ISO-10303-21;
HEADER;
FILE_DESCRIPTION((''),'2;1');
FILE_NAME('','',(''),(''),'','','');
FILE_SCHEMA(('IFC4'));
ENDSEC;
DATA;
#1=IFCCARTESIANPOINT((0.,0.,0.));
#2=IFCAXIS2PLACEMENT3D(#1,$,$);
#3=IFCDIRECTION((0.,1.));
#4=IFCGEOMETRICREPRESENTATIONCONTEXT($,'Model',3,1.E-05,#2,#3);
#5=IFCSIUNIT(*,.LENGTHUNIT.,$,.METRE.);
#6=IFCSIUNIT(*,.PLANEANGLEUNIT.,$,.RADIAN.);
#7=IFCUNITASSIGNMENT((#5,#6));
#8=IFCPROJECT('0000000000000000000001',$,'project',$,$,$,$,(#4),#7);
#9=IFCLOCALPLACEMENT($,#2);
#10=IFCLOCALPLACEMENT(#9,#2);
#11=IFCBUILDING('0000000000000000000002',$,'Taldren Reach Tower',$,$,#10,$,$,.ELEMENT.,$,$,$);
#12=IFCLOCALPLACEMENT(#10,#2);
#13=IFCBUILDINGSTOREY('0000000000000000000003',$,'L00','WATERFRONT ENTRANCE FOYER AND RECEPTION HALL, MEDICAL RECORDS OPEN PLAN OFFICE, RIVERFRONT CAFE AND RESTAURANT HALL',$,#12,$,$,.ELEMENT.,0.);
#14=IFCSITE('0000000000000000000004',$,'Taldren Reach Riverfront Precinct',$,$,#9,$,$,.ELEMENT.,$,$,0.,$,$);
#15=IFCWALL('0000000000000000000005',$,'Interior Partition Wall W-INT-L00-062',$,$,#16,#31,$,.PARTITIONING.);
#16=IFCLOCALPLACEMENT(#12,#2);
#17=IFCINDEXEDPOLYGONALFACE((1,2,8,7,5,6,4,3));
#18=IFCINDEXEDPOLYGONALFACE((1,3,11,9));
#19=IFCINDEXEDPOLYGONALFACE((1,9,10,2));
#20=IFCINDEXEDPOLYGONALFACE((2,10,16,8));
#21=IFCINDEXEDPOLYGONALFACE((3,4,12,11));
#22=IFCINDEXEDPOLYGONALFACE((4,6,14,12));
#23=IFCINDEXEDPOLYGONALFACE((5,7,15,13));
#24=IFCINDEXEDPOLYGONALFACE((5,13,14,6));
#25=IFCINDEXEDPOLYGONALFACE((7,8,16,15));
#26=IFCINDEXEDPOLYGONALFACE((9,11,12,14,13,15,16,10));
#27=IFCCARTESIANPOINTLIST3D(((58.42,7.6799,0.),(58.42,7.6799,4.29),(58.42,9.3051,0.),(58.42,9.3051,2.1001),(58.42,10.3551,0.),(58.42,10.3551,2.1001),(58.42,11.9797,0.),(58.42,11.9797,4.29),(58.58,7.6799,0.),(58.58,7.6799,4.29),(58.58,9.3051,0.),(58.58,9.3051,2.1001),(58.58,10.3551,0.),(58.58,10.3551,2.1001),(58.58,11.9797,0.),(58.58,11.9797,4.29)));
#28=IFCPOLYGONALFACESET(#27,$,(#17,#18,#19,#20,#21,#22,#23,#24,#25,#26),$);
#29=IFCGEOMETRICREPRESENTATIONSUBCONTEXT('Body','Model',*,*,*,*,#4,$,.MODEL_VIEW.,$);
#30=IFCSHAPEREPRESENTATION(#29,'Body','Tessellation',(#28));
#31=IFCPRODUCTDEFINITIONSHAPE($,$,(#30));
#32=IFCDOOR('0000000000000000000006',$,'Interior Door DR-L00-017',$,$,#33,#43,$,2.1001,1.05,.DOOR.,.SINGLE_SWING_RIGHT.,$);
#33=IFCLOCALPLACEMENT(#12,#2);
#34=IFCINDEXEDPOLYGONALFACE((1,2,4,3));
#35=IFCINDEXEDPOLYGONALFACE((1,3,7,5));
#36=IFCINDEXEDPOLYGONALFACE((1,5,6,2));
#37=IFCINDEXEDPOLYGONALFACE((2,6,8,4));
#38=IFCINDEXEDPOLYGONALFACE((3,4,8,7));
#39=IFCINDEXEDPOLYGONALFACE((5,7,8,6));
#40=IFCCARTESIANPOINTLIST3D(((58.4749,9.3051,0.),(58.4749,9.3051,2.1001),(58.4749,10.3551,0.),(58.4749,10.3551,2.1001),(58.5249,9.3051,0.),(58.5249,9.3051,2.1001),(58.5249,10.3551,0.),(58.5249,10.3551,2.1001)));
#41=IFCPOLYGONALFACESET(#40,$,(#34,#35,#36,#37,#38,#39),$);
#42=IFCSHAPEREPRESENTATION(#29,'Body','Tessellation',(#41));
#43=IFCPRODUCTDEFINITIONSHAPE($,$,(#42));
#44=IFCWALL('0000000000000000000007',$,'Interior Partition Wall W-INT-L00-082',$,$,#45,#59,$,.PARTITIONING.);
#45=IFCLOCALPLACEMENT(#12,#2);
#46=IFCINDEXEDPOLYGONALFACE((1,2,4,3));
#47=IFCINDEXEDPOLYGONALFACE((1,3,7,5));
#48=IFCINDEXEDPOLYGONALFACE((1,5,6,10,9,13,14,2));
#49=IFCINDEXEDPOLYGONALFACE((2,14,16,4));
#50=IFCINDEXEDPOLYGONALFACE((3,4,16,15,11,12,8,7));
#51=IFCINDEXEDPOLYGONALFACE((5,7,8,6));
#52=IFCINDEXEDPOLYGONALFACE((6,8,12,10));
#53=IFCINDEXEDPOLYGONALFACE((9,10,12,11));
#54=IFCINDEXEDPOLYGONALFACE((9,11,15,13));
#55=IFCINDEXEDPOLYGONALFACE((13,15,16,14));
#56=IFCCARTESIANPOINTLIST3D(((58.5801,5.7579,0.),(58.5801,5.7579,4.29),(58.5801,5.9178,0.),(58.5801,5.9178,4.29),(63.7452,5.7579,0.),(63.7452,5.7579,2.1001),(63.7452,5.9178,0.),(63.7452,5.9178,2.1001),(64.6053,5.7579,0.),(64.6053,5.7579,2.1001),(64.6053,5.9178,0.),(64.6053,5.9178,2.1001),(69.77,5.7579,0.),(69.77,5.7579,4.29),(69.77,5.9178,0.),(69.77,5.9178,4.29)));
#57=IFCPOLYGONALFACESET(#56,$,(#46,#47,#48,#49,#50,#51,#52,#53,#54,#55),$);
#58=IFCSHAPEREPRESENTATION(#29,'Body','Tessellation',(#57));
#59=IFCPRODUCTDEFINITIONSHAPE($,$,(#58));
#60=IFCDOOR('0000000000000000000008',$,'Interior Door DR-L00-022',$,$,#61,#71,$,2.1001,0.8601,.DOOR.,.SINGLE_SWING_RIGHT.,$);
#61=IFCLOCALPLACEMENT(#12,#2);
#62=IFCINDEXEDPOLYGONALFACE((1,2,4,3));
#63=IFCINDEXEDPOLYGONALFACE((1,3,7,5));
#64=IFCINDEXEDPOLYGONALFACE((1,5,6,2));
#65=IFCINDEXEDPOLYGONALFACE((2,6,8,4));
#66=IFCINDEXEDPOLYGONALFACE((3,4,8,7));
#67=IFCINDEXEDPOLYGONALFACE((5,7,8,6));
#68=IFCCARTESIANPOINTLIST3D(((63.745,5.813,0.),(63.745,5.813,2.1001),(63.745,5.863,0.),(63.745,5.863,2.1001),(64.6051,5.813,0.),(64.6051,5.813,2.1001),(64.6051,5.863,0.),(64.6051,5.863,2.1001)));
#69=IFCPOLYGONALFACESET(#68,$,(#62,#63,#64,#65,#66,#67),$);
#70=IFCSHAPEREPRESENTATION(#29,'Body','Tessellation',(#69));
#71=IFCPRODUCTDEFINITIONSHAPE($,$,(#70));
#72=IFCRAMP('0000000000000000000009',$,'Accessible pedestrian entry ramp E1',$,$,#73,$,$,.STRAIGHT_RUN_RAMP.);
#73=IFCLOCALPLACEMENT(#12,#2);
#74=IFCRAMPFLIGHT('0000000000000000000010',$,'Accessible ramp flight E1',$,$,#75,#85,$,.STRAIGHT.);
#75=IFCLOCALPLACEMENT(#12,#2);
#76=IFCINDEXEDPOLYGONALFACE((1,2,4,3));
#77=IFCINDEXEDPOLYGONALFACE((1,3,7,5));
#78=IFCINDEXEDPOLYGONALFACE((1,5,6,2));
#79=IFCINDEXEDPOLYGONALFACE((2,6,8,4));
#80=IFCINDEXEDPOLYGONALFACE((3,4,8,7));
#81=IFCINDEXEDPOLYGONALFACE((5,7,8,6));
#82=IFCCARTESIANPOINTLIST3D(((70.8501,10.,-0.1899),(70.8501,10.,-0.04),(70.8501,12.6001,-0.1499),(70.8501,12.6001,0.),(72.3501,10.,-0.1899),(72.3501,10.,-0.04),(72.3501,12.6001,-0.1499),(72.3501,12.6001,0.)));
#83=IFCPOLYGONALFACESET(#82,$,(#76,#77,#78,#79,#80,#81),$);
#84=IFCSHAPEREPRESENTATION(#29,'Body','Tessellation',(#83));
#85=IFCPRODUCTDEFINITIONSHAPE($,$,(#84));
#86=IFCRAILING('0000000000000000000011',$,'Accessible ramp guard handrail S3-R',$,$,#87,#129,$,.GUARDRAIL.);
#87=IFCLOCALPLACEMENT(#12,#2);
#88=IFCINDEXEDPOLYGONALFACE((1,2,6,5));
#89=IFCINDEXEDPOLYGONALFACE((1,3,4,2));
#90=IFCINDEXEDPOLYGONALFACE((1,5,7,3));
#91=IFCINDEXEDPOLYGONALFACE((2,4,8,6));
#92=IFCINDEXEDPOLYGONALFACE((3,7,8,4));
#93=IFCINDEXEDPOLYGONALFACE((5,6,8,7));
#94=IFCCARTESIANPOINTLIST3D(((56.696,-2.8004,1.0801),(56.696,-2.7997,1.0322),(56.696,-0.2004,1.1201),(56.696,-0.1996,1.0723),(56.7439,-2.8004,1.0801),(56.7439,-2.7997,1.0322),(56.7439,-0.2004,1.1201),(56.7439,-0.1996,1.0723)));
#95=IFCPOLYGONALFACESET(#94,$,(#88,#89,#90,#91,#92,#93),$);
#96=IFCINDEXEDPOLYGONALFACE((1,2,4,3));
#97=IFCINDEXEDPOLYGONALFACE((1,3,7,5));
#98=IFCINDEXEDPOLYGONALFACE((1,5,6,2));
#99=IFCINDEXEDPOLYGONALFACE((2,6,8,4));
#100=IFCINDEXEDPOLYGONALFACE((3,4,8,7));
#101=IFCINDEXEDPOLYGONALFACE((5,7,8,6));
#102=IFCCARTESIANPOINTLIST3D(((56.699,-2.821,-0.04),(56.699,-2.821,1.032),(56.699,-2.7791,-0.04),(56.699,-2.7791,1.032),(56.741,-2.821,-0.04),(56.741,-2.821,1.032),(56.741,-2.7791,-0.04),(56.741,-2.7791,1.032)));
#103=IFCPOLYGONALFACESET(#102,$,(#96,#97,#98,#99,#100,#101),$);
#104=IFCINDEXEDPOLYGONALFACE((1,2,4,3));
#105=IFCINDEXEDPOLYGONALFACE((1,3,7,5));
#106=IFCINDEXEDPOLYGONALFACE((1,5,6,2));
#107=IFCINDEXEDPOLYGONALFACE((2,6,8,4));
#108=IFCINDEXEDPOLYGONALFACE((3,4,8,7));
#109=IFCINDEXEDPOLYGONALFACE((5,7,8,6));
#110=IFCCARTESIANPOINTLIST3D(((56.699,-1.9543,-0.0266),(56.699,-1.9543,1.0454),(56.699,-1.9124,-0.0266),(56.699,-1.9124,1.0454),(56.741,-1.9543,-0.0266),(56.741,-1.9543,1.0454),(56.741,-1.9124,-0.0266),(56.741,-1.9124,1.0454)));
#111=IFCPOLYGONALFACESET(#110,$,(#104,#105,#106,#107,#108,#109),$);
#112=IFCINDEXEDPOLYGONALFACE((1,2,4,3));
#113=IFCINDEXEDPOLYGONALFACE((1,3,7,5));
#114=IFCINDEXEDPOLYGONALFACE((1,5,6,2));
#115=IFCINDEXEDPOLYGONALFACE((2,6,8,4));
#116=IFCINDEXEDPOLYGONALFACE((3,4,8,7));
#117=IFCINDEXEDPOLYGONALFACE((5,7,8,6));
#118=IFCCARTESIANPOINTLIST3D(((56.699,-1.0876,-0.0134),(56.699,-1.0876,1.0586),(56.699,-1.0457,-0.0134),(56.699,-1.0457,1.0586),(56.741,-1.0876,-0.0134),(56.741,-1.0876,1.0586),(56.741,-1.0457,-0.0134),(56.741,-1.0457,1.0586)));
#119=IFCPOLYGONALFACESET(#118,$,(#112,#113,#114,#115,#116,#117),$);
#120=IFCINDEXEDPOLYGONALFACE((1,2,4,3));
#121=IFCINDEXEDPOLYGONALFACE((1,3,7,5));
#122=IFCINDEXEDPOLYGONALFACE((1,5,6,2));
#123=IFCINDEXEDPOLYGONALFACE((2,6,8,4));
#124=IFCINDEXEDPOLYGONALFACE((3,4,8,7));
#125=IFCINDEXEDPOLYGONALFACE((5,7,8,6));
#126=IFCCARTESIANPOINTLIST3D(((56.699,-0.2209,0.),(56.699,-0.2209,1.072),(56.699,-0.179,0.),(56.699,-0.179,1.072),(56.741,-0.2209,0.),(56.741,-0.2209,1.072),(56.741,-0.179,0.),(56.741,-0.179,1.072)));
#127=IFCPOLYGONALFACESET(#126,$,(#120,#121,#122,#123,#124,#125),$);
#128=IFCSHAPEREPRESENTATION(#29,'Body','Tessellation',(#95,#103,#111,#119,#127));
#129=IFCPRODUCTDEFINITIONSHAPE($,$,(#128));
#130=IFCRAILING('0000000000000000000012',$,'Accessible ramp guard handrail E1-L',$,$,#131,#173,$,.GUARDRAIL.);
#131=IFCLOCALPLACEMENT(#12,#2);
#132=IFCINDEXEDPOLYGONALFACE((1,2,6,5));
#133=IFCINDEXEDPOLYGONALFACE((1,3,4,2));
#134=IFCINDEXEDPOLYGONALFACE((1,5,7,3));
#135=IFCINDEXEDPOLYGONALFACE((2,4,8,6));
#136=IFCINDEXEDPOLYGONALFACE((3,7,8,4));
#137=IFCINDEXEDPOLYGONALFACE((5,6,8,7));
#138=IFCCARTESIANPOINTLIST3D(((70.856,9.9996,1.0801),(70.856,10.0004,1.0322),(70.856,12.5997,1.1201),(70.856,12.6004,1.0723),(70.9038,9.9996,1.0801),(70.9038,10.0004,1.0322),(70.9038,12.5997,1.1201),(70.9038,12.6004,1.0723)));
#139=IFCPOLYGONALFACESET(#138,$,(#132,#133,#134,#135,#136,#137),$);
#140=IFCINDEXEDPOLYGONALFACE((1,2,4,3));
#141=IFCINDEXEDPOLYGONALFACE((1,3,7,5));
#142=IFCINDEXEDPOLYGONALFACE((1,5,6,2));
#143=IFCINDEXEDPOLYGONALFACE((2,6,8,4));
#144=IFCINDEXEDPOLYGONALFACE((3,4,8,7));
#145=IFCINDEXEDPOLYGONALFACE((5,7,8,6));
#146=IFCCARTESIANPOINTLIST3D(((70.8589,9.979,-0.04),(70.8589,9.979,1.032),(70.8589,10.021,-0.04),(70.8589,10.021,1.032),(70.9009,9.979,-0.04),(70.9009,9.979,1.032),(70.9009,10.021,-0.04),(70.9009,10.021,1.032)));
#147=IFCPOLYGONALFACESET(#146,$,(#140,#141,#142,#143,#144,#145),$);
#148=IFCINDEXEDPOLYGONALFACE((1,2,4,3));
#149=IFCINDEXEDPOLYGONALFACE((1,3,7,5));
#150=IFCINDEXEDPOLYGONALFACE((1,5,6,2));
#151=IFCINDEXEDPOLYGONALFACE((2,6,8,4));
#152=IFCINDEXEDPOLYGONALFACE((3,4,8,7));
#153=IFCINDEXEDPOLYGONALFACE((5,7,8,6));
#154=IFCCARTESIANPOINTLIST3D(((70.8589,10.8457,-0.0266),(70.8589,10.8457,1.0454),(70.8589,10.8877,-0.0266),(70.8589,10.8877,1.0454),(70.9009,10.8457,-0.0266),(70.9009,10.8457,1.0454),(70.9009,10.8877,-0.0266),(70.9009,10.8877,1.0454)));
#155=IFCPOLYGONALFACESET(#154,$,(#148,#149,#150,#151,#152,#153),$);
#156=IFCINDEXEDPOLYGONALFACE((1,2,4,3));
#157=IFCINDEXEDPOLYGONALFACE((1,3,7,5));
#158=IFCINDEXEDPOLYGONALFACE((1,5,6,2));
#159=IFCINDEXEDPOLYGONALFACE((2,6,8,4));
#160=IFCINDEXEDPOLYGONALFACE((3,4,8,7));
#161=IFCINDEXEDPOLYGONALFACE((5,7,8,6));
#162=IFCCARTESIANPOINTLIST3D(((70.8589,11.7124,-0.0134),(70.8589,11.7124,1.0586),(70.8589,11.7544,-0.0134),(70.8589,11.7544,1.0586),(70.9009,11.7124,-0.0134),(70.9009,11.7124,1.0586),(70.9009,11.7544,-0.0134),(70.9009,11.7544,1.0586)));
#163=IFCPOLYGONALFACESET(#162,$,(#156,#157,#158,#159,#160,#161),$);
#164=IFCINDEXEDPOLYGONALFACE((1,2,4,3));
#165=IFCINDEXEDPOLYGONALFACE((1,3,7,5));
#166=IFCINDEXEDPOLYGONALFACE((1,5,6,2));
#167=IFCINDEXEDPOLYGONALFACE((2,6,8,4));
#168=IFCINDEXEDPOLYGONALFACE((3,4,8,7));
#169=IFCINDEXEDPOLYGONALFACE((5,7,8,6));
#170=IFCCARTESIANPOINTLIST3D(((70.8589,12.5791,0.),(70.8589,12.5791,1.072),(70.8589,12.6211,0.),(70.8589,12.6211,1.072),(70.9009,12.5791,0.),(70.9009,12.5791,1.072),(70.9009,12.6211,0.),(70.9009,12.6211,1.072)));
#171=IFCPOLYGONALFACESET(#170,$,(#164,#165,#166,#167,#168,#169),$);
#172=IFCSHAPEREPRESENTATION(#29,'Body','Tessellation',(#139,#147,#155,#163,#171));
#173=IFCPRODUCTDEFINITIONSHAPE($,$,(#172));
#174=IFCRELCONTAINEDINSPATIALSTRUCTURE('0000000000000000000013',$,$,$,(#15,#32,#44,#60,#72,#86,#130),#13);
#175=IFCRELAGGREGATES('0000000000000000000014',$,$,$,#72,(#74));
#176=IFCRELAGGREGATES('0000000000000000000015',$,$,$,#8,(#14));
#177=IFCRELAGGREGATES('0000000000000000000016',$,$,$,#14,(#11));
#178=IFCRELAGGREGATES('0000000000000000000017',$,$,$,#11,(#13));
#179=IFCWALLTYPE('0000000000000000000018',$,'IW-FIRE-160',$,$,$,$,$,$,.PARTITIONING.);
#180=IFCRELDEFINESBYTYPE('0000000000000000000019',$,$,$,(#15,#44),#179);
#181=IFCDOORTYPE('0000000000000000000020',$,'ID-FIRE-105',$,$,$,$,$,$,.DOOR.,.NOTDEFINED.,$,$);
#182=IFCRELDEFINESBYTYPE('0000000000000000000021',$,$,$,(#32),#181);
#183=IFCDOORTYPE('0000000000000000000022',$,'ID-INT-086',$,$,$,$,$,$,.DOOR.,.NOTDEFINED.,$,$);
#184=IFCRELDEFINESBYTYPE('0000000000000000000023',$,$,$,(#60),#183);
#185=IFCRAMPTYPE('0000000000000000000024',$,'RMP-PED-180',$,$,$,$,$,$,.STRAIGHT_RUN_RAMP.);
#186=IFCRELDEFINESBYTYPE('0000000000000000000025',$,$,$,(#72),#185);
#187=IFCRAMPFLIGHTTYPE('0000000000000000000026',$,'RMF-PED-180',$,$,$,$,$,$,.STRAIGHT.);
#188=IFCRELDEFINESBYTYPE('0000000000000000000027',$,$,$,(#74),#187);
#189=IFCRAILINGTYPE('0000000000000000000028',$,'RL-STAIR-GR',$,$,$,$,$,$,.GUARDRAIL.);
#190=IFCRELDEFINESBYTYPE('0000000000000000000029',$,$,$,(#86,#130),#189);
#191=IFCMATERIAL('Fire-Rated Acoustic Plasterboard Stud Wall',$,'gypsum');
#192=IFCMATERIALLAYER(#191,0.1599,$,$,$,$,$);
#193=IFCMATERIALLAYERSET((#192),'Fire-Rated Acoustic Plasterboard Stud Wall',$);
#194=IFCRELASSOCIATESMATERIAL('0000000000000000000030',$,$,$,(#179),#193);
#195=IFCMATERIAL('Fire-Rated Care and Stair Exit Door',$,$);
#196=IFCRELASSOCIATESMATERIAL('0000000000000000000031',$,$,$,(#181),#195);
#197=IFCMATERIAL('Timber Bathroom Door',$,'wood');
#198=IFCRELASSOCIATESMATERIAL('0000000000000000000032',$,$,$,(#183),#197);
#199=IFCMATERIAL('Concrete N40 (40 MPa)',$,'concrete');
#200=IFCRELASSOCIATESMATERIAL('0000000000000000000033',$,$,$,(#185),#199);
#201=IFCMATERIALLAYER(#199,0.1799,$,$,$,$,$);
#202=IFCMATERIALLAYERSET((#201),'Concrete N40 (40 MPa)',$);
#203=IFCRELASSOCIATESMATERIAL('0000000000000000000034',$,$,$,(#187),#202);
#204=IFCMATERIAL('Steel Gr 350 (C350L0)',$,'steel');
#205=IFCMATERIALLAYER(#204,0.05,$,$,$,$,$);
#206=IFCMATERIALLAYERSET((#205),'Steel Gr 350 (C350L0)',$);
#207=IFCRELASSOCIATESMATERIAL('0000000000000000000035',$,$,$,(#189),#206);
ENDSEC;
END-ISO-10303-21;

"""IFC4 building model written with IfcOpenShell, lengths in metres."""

from ifc_helpers import new_model, si_unit, direction, frame, frame_2d, origin, origin_2d, place, context, subcontext, project, spatial, polyline, rectangle, outline, extrude, source, transform, mapped, material, layer, layer_set, type_object, element, fill, aggregate, save


model = new_model("IFC4")

# Units and contexts
model_context = context("Model", 3, precision=1e-05, world=origin(), true_north=direction((0.0, 1.0)))
body_context = subcontext(model_context, "Body", "Model", "MODEL_VIEW")
ifc_project = project(units=[si_unit("LENGTHUNIT", "METRE"), si_unit("PLANEANGLEUNIT", "RADIAN")], contexts=[model_context])

# Site, building, storey
site_placement = place(None, origin())
site = spatial("IfcSite", under=ifc_project, at=site_placement, Name="Taldren Reach Riverfront Precinct", CompositionType="ELEMENT", RefElevation=0.0)
building_placement = place(site_placement, origin())
building = spatial("IfcBuilding", under=site, at=building_placement, Name="Taldren Reach Tower", CompositionType="ELEMENT")
storey_placement = place(building_placement, origin())
storey = spatial("IfcBuildingStorey", under=building, at=storey_placement, Name="L00", Description="WATERFRONT ENTRANCE FOYER AND RECEPTION HALL, MEDICAL RECORDS OPEN PLAN OFFICE, RIVERFRONT CAFE AND RESTAURANT HALL", CompositionType="ELEMENT", Elevation=0.0)

# Walls, openings, doors
ifc_material_1 = material(Name="Fire-Rated Acoustic Plasterboard Stud Wall", Category="gypsum")
ifc_layer_1 = layer(ifc_material_1, 0.1599)
ifc_layer_set_1 = layer_set([ifc_layer_1], Name="Fire-Rated Acoustic Plasterboard Stud Wall")
wall_type_1 = type_object("IfcWallType", Name="IW-FIRE-160", PredefinedType="PARTITIONING", material=ifc_layer_set_1)
shared_shape_1 = source(origin(), body_context, "Body", "SweptSolid", [
    extrude(rectangle(XDim=4.2998, YDim=0.1599, at=frame_2d((2.1499, 0.0))), origin(), (0.0, 0.0, 1.0), 4.29),
])
wall_1_placement = place(storey_placement, frame((58.5, 11.9797, 0.0), z_axis=(0.0, 0.0, 1.0), x_axis=(0.0, -1.0, 0.0)))
wall_1 = element("IfcWall", 1, at=wall_1_placement, inside=storey, type_object=wall_type_1, Name="Interior Partition Wall W-INT-L00-062", PredefinedType="PARTITIONING", context=body_context, shape_type="MappedRepresentation", body=[
    mapped(shared_shape_1, transform((0.0, 0.0, 0.0), scale=1.0)),
])
shared_shape_2 = source(origin(), body_context, "Body", "SweptSolid", [
    extrude(rectangle(XDim=1.05, YDim=2.1001, at=frame_2d((0.5249, 1.05))), frame((0.0, 0.0898, 0.0), z_axis=(0.0, -1.0, 0.0), x_axis=(1.0, 0.0, 0.0)), (0.0, 0.0, 1.0), 0.1799),
])
opening_1_placement = place(wall_1_placement, frame((1.6248, 0.0, 0.0)))
opening_1 = element("IfcOpeningElement", 2, at=opening_1_placement, cuts=wall_1, PredefinedType="OPENING", context=body_context, shape_type="MappedRepresentation", body=[
    mapped(shared_shape_2, transform((0.0, 0.0, 0.0), scale=1.0)),
])
ifc_material_2 = material(Name="Fire-Rated Care and Stair Exit Door")
door_type_1 = type_object("IfcDoorType", Name="ID-FIRE-105", OperationType="NOTDEFINED", PredefinedType="DOOR", material=ifc_material_2)
shared_shape_3 = source(origin(), body_context, "Body", "SweptSolid", [
    extrude(rectangle(XDim=1.05, YDim=2.1001, at=frame_2d((0.5249, 1.05))), frame((0.0, 0.0249, 0.0), z_axis=(0.0, -1.0, 0.0), x_axis=(1.0, 0.0, 0.0)), (0.0, 0.0, 1.0), 0.05),
])
door_1_placement = place(opening_1_placement, origin())
door_1 = element("IfcDoor", 3, at=door_1_placement, inside=storey, type_object=door_type_1, Name="Interior Door DR-L00-017", OperationType="SINGLE_SWING_RIGHT", OverallHeight=2.1001, OverallWidth=1.05, PredefinedType="DOOR", context=body_context, shape_type="MappedRepresentation", body=[
    mapped(shared_shape_3, transform((0.0, 0.0, 0.0), scale=1.0)),
])
fill(opening_1, door_1)
shared_shape_4 = source(origin(), body_context, "Body", "SweptSolid", [
    extrude(rectangle(XDim=11.1899, YDim=0.1599, at=frame_2d((5.595, 0.0))), origin(), (0.0, 0.0, 1.0), 4.29),
])
wall_2_placement = place(storey_placement, frame((58.5801, 5.8379, 0.0), z_axis=(0.0, 0.0, 1.0), x_axis=(1.0, 0.0, 0.0)))
wall_2 = element("IfcWall", 4, at=wall_2_placement, inside=storey, type_object=wall_type_1, Name="Interior Partition Wall W-INT-L00-082", PredefinedType="PARTITIONING", context=body_context, shape_type="MappedRepresentation", body=[
    mapped(shared_shape_4, transform((0.0, 0.0, 0.0), scale=1.0)),
])
shared_shape_5 = source(origin(), body_context, "Body", "SweptSolid", [
    extrude(rectangle(XDim=0.8601, YDim=2.1001, at=frame_2d((0.4302, 1.05))), frame((0.0, 0.0898, 0.0), z_axis=(0.0, -1.0, 0.0), x_axis=(1.0, 0.0, 0.0)), (0.0, 0.0, 1.0), 0.1799),
])
opening_2_placement = place(wall_2_placement, frame((5.165, 0.0, 0.0)))
opening_2 = element("IfcOpeningElement", 5, at=opening_2_placement, cuts=wall_2, PredefinedType="OPENING", context=body_context, shape_type="MappedRepresentation", body=[
    mapped(shared_shape_5, transform((0.0, 0.0, 0.0), scale=1.0)),
])
ifc_material_3 = material(Name="Timber Bathroom Door", Category="wood")
door_type_2 = type_object("IfcDoorType", Name="ID-INT-086", OperationType="NOTDEFINED", PredefinedType="DOOR", material=ifc_material_3)
shared_shape_6 = source(origin(), body_context, "Body", "SweptSolid", [
    extrude(rectangle(XDim=0.8601, YDim=2.1001, at=frame_2d((0.4302, 1.05))), frame((0.0, 0.0249, 0.0), z_axis=(0.0, -1.0, 0.0), x_axis=(1.0, 0.0, 0.0)), (0.0, 0.0, 1.0), 0.05),
])
door_2_placement = place(opening_2_placement, frame((0.8601, 0.0, 0.0), z_axis=(0.0, 0.0, 1.0), x_axis=(-1.0, 0.0, 0.0)))
door_2 = element("IfcDoor", 6, at=door_2_placement, inside=storey, type_object=door_type_2, Name="Interior Door DR-L00-022", OperationType="SINGLE_SWING_RIGHT", OverallHeight=2.1001, OverallWidth=0.8601, PredefinedType="DOOR", context=body_context, shape_type="MappedRepresentation", body=[
    mapped(shared_shape_6, transform((0.0, 0.0, 0.0), scale=1.0)),
])
fill(opening_2, door_2)

# Ramp, ramp flight
ifc_material_4 = material(Name="Concrete N40 (40 MPa)", Category="concrete")
ramp_type = type_object("IfcRampType", Name="RMP-PED-180", PredefinedType="STRAIGHT_RUN_RAMP", material=ifc_material_4)
ramp_placement = place(storey_placement, origin())
ramp = element("IfcRamp", 7, at=ramp_placement, inside=storey, type_object=ramp_type, Name="Accessible pedestrian entry ramp E1", PredefinedType="STRAIGHT_RUN_RAMP")
ifc_layer_2 = layer(ifc_material_4, 0.1799)
ifc_layer_set_2 = layer_set([ifc_layer_2], Name="Concrete N40 (40 MPa)")
ramp_flight_type = type_object("IfcRampFlightType", Name="RMF-PED-180", PredefinedType="STRAIGHT", material=ifc_layer_set_2)
ramp_flight_placement = place(storey_placement, frame((71.6001, 10.0, -0.04), z_axis=(0.0, 0.0, 1.0), x_axis=(0.0, 1.0, 0.0)))
ramp_flight = element("IfcRampFlight", 8, at=ramp_flight_placement, type_object=ramp_flight_type, Name="Accessible ramp flight E1", PredefinedType="STRAIGHT", context=body_context, shape_type="SweptSolid", body=[
    extrude(outline(polyline([(0.0, -0.1499), (0.0, 0.0), (2.6001, 0.04), (2.6001, -0.1099), (0.0, -0.1499)])), frame((0.0, 0.75, 0.0), z_axis=(0.0, -1.0, 0.0), x_axis=(1.0, 0.0, 0.0)), (0.0, 0.0, 1.0), 1.5),
])
aggregate(ramp, [ramp_flight])

# Railings
ifc_material_5 = material(Name="Steel Gr 350 (C350L0)", Category="steel")
ifc_layer_3 = layer(ifc_material_5, 0.05)
ifc_layer_set_3 = layer_set([ifc_layer_3], Name="Steel Gr 350 (C350L0)")
railing_type = type_object("IfcRailingType", Name="RL-STAIR-GR", PredefinedType="GUARDRAIL", material=ifc_layer_set_3)
for number, where, name in (
    (9, (56.72, -2.8, -0.04), "Accessible ramp guard handrail S3-R"),
    (10, (70.8799, 10.0, -0.04), "Accessible ramp guard handrail E1-L"),
):
    element("IfcRailing", number, at=place(storey_placement, frame(where)), inside=storey, type_object=railing_type, Name=name, PredefinedType="GUARDRAIL", context=body_context, shape_type="SweptSolid", body=[
        extrude(rectangle(XDim=0.0479, YDim=0.0479, at=origin_2d()), frame((0.0, 0.0, 1.0962), z_axis=(0.0, 0.999881, 0.015397), x_axis=(-1.0, 0.0, 0.0)), (0.0, 0.0, 1.0), 2.6003),
        extrude(rectangle(XDim=0.042, YDim=0.042, at=origin_2d()), origin(), (0.0, 0.0, 1.0), 1.072),
        extrude(rectangle(XDim=0.042, YDim=0.042, at=origin_2d()), frame((0.0, 0.8667, 0.0134)), (0.0, 0.0, 1.0), 1.072),
        extrude(rectangle(XDim=0.042, YDim=0.042, at=origin_2d()), frame((0.0, 1.7334, 0.0266)), (0.0, 0.0, 1.0), 1.072),
        extrude(rectangle(XDim=0.042, YDim=0.042, at=origin_2d()), frame((0.0, 2.6001, 0.04)), (0.0, 0.0, 1.0), 1.072),
    ])

save(model, "model.ifc")
